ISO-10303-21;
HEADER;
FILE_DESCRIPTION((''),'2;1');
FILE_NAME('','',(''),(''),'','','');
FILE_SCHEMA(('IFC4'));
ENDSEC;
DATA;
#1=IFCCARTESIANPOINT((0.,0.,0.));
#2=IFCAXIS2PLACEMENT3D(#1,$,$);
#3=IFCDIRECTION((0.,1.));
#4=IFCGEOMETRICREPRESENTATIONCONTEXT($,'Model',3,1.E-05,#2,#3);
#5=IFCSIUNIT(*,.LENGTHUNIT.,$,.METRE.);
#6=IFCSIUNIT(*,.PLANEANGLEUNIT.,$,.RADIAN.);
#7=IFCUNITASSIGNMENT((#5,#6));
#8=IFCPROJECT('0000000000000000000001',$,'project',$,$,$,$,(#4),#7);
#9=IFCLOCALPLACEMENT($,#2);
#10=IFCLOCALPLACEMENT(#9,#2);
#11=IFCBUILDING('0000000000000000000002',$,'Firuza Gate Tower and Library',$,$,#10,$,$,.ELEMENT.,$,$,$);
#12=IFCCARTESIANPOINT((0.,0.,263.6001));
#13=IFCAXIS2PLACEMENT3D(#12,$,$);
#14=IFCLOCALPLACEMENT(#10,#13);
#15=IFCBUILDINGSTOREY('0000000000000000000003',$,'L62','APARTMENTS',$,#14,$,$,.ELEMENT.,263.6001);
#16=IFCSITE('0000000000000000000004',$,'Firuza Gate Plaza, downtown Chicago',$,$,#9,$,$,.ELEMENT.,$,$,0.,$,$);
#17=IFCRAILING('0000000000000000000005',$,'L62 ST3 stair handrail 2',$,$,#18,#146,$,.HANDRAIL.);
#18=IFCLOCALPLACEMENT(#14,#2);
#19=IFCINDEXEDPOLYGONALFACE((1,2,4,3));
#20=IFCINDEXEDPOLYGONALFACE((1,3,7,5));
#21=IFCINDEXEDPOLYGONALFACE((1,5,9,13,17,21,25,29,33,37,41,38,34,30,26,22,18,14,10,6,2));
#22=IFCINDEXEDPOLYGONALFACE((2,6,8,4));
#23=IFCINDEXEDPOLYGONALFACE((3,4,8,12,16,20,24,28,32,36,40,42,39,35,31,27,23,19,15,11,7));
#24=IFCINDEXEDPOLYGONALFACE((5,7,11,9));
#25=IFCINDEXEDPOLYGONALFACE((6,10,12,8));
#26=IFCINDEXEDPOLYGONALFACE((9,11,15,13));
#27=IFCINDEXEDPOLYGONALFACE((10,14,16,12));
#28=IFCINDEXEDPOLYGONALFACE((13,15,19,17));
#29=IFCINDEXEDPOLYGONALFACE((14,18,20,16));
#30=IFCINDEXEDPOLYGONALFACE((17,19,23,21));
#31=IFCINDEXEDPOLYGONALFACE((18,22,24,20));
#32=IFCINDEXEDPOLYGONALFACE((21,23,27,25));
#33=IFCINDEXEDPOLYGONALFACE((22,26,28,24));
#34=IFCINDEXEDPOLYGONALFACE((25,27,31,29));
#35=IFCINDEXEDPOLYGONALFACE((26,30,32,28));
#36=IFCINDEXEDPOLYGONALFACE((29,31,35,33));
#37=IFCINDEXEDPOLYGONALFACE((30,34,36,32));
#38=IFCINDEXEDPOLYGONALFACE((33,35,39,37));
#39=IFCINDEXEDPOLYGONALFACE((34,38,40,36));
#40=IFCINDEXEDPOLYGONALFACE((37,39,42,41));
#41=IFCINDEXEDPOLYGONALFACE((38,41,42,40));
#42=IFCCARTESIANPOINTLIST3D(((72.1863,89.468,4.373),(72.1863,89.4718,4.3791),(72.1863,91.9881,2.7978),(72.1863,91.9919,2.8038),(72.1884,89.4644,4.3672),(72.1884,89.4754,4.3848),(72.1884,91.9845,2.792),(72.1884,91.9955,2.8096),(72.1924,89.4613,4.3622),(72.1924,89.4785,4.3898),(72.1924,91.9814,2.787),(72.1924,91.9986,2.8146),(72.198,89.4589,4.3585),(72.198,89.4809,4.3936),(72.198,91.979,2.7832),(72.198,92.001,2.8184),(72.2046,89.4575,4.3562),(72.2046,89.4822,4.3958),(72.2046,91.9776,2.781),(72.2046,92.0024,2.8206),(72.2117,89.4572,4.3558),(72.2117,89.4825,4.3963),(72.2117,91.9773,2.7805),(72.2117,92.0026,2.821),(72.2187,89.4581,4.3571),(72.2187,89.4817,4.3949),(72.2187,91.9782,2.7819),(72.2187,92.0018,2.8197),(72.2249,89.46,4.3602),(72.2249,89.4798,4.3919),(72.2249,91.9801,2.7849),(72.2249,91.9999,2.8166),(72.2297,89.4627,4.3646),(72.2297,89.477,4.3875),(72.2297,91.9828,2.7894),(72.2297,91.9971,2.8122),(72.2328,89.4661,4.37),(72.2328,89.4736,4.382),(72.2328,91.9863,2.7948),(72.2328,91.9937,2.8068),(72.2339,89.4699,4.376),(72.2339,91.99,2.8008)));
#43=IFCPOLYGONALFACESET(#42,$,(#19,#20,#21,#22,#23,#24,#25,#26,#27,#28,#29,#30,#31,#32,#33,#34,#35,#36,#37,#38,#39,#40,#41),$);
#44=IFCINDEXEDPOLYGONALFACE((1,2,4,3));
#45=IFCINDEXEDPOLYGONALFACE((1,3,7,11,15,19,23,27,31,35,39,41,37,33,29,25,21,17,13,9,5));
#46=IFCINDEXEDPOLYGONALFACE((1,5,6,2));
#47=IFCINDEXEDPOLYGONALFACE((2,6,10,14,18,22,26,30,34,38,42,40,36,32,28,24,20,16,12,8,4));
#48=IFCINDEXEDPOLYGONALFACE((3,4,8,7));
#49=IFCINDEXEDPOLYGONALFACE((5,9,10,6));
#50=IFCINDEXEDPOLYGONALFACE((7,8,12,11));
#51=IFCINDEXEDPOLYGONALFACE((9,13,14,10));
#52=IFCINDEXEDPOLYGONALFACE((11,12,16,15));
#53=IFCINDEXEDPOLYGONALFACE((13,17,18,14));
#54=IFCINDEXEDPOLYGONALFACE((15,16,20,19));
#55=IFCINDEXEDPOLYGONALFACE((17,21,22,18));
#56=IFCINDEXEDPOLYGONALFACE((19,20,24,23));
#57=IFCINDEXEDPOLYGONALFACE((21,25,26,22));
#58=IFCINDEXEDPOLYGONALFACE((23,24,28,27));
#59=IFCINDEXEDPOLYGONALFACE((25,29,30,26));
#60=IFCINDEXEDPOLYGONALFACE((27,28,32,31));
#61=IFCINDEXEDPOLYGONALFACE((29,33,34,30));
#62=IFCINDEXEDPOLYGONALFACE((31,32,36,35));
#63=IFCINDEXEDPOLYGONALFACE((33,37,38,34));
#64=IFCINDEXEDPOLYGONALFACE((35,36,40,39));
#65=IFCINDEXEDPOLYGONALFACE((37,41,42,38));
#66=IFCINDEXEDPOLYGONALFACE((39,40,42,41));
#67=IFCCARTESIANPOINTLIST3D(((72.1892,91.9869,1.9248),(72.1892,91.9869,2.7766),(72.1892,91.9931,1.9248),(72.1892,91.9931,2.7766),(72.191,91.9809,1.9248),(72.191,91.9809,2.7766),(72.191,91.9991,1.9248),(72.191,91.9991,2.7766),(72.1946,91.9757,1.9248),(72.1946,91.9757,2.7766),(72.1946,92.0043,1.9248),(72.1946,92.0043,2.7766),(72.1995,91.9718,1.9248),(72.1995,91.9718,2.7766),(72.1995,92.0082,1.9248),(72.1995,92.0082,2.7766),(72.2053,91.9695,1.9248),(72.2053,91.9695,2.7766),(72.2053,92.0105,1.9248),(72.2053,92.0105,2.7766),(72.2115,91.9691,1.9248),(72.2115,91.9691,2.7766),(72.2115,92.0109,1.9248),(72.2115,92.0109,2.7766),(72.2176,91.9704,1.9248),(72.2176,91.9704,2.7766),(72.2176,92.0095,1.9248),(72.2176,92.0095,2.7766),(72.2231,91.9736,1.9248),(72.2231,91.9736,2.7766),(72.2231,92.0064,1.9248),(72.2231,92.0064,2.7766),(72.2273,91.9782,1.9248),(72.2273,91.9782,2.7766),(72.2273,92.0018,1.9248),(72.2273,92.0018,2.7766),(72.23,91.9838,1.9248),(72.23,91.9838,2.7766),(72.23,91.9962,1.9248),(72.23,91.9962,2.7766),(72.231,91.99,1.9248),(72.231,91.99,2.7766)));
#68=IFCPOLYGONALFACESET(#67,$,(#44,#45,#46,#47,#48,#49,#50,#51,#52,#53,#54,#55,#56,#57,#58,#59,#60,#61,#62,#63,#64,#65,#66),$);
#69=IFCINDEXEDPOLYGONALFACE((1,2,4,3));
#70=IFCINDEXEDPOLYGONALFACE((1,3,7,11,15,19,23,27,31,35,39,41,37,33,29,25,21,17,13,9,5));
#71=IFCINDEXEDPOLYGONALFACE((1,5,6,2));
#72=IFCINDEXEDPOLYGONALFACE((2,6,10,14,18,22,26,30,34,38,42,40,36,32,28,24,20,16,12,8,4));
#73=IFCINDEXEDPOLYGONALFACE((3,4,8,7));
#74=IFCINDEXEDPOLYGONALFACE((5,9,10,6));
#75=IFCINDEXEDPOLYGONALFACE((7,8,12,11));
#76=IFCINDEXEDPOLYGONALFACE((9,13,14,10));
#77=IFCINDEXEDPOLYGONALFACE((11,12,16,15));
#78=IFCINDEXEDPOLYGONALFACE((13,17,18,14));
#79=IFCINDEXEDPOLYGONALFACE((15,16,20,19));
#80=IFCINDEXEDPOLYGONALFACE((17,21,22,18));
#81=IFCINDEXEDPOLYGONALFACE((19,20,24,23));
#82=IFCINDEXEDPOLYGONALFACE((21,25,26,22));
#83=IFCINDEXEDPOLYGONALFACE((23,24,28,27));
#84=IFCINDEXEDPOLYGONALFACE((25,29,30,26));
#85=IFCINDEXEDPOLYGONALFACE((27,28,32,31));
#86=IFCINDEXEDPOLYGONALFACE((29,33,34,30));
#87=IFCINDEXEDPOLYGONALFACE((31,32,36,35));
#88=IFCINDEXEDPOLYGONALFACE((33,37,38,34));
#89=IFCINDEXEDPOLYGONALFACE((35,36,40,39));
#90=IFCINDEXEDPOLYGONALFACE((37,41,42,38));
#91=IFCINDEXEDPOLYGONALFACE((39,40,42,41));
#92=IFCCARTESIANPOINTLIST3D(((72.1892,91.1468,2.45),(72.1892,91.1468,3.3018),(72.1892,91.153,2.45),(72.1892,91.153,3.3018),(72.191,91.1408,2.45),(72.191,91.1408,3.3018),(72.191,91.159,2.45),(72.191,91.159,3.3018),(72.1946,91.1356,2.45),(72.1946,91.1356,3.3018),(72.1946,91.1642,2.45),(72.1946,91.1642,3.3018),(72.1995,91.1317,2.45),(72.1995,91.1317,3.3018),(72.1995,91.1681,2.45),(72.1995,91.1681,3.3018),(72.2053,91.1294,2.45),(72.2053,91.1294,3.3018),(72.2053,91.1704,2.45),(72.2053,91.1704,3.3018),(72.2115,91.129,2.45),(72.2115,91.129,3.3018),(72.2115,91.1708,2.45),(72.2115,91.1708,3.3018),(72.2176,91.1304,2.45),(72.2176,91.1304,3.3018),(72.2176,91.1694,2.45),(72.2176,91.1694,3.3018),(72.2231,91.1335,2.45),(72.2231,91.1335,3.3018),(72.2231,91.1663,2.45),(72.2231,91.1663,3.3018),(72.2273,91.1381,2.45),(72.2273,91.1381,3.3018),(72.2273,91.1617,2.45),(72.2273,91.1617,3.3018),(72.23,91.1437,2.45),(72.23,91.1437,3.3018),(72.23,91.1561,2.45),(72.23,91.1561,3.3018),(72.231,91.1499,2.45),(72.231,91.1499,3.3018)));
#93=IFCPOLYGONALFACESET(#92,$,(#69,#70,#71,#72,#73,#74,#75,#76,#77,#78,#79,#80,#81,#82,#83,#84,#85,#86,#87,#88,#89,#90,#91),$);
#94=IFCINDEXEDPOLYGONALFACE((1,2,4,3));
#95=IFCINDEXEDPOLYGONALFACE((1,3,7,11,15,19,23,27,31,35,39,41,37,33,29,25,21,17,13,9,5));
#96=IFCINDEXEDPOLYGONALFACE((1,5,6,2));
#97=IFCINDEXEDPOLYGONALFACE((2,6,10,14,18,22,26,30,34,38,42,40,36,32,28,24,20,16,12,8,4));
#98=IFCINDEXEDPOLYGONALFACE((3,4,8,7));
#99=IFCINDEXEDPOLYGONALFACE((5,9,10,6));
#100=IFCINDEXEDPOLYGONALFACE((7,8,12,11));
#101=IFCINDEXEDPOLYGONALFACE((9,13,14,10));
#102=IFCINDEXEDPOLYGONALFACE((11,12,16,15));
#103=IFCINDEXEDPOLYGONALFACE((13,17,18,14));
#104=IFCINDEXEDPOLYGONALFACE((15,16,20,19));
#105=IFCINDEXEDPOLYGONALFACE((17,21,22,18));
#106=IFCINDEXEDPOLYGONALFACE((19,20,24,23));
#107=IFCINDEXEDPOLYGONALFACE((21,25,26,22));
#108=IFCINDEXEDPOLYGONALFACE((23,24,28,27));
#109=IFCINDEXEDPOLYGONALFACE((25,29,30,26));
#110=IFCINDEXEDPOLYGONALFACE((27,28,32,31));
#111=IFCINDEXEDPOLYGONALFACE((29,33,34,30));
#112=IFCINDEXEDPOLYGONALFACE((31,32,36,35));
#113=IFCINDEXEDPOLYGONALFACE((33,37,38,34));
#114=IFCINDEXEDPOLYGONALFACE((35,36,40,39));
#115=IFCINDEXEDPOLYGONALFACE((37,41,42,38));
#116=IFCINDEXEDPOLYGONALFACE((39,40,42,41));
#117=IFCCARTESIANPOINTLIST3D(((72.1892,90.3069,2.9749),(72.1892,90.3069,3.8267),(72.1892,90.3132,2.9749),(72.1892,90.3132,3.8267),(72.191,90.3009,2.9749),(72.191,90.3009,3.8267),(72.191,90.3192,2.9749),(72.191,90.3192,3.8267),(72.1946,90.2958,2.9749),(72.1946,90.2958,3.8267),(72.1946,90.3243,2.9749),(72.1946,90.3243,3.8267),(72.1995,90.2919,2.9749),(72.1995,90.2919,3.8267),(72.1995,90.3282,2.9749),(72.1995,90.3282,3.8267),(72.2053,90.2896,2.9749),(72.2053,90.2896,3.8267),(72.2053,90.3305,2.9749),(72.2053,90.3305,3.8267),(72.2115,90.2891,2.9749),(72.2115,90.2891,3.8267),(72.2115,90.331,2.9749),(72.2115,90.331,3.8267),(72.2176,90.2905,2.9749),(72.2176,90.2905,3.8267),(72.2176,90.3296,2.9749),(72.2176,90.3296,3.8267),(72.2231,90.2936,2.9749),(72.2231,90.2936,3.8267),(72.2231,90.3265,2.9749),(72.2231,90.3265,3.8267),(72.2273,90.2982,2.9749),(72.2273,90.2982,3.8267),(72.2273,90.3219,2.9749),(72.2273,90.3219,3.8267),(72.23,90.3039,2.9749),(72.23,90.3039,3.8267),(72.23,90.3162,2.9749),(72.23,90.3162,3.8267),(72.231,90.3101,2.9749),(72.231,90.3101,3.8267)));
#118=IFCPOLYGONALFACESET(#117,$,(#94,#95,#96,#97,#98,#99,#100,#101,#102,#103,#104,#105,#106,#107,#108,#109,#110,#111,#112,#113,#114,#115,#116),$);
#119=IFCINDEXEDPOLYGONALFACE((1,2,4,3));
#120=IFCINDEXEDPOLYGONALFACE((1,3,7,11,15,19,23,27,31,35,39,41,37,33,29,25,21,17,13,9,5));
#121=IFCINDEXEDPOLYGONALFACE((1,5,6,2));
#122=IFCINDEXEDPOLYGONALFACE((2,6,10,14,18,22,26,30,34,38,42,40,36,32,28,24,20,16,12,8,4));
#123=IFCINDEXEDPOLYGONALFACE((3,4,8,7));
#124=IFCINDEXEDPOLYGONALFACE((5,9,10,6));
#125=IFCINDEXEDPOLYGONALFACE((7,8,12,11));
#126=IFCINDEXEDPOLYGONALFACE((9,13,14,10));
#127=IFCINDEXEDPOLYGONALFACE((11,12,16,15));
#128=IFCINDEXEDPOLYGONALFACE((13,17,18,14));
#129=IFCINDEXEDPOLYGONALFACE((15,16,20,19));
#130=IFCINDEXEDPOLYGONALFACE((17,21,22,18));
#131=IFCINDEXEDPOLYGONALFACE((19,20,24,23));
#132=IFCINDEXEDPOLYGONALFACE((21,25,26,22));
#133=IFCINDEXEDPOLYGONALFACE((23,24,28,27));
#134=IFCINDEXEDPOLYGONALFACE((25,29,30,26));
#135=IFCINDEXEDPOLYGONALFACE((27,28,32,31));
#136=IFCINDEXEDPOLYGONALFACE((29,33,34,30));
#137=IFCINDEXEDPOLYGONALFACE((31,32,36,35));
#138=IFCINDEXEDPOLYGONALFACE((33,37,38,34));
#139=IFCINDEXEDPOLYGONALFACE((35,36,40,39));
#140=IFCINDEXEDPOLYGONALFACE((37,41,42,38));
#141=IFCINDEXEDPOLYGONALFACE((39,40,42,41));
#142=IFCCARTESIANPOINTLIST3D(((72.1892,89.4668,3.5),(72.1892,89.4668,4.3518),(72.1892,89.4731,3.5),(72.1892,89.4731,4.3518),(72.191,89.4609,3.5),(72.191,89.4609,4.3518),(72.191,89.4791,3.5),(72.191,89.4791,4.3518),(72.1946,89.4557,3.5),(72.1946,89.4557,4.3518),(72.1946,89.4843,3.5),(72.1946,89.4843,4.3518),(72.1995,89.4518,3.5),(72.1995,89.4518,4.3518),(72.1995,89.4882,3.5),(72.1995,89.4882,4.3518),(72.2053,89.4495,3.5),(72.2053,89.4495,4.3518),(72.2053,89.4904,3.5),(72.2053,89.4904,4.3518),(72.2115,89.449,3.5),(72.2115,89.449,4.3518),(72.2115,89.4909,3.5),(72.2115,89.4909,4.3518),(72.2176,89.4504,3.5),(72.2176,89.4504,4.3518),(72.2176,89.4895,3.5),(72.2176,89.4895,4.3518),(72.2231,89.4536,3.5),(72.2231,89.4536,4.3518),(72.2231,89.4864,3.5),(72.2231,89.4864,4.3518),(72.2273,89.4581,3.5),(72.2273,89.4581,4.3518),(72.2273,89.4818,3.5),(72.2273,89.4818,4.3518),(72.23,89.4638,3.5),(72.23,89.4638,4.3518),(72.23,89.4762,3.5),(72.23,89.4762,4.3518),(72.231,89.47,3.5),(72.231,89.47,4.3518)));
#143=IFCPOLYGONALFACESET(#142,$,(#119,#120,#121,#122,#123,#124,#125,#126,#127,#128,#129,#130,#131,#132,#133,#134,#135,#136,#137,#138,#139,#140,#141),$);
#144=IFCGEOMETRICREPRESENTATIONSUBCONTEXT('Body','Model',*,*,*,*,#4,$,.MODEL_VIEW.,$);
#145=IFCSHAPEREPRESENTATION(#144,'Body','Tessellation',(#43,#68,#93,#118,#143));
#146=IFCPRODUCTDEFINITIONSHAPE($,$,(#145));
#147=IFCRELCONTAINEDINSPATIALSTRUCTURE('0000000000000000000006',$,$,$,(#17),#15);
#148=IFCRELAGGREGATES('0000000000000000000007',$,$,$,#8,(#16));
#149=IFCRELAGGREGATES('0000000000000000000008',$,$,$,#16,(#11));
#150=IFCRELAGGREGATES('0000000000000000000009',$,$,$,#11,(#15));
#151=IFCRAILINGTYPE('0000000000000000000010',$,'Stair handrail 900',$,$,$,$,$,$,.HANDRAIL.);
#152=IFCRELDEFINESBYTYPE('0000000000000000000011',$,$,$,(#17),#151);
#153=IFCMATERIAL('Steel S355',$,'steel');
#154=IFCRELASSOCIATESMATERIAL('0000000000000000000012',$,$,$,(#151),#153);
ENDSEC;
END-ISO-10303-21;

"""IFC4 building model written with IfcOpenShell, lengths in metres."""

from ifc_helpers import new_model, si_unit, direction, frame, origin, origin_2d, place, context, subcontext, project, spatial, circle, extrude, material, type_object, element, save


model = new_model("IFC4")

# Units and contexts
model_context = context("Model", 3, precision=1e-05, world=origin(), true_north=direction((0.0, 1.0)))
body_context = subcontext(model_context, "Body", "Model", "MODEL_VIEW")
ifc_project = project(units=[si_unit("LENGTHUNIT", "METRE"), si_unit("PLANEANGLEUNIT", "RADIAN")], contexts=[model_context])

# Site, building, storey
site_placement = place(None, origin())
site = spatial("IfcSite", under=ifc_project, at=site_placement, Name="Firuza Gate Plaza, downtown Chicago", CompositionType="ELEMENT", RefElevation=0.0)
building_placement = place(site_placement, origin())
building = spatial("IfcBuilding", under=site, at=building_placement, Name="Firuza Gate Tower and Library", CompositionType="ELEMENT")
storey_placement = place(building_placement, frame((0.0, 0.0, 263.6001)))
storey = spatial("IfcBuildingStorey", under=building, at=storey_placement, Name="L62", Description="APARTMENTS", CompositionType="ELEMENT", Elevation=263.6001)

# Railing
ifc_material_1 = material(Name="Steel S355", Category="steel")
railing_type_1 = type_object("IfcRailingType", Name="Stair handrail 900", PredefinedType="HANDRAIL", material=ifc_material_1)
railing_1_placement = place(storey_placement, frame((72.21, 91.99, 1.9248)))
element("IfcRailing", 1, at=railing_1_placement, inside=storey, type_object=railing_type_1, Name="L62 ST3 stair handrail 2", PredefinedType="HANDRAIL", context=body_context, shape_type="SweptSolid", body=[
    extrude(circle(Radius=0.0239, at=origin_2d()), frame((0.0, 0.0, 0.876), z_axis=(0.0, -0.847971, 0.530043), x_axis=(1.0, 0.0, 0.0)), (0.0, 0.0, 1.0), 2.9719),
    extrude(circle(Radius=0.021, at=origin_2d()), origin(), (0.0, 0.0, 1.0), 0.8518),
    extrude(circle(Radius=0.021, at=origin_2d()), frame((0.0, -0.8401, 0.5251)), (0.0, 0.0, 1.0), 0.8518),
    extrude(circle(Radius=0.021, at=origin_2d()), frame((0.0, -1.6799, 1.05)), (0.0, 0.0, 1.0), 0.8518),
    extrude(circle(Radius=0.021, at=origin_2d()), frame((0.0, -2.52, 1.5752)), (0.0, 0.0, 1.0), 0.8518),
])

save(model, "model.ifc")
